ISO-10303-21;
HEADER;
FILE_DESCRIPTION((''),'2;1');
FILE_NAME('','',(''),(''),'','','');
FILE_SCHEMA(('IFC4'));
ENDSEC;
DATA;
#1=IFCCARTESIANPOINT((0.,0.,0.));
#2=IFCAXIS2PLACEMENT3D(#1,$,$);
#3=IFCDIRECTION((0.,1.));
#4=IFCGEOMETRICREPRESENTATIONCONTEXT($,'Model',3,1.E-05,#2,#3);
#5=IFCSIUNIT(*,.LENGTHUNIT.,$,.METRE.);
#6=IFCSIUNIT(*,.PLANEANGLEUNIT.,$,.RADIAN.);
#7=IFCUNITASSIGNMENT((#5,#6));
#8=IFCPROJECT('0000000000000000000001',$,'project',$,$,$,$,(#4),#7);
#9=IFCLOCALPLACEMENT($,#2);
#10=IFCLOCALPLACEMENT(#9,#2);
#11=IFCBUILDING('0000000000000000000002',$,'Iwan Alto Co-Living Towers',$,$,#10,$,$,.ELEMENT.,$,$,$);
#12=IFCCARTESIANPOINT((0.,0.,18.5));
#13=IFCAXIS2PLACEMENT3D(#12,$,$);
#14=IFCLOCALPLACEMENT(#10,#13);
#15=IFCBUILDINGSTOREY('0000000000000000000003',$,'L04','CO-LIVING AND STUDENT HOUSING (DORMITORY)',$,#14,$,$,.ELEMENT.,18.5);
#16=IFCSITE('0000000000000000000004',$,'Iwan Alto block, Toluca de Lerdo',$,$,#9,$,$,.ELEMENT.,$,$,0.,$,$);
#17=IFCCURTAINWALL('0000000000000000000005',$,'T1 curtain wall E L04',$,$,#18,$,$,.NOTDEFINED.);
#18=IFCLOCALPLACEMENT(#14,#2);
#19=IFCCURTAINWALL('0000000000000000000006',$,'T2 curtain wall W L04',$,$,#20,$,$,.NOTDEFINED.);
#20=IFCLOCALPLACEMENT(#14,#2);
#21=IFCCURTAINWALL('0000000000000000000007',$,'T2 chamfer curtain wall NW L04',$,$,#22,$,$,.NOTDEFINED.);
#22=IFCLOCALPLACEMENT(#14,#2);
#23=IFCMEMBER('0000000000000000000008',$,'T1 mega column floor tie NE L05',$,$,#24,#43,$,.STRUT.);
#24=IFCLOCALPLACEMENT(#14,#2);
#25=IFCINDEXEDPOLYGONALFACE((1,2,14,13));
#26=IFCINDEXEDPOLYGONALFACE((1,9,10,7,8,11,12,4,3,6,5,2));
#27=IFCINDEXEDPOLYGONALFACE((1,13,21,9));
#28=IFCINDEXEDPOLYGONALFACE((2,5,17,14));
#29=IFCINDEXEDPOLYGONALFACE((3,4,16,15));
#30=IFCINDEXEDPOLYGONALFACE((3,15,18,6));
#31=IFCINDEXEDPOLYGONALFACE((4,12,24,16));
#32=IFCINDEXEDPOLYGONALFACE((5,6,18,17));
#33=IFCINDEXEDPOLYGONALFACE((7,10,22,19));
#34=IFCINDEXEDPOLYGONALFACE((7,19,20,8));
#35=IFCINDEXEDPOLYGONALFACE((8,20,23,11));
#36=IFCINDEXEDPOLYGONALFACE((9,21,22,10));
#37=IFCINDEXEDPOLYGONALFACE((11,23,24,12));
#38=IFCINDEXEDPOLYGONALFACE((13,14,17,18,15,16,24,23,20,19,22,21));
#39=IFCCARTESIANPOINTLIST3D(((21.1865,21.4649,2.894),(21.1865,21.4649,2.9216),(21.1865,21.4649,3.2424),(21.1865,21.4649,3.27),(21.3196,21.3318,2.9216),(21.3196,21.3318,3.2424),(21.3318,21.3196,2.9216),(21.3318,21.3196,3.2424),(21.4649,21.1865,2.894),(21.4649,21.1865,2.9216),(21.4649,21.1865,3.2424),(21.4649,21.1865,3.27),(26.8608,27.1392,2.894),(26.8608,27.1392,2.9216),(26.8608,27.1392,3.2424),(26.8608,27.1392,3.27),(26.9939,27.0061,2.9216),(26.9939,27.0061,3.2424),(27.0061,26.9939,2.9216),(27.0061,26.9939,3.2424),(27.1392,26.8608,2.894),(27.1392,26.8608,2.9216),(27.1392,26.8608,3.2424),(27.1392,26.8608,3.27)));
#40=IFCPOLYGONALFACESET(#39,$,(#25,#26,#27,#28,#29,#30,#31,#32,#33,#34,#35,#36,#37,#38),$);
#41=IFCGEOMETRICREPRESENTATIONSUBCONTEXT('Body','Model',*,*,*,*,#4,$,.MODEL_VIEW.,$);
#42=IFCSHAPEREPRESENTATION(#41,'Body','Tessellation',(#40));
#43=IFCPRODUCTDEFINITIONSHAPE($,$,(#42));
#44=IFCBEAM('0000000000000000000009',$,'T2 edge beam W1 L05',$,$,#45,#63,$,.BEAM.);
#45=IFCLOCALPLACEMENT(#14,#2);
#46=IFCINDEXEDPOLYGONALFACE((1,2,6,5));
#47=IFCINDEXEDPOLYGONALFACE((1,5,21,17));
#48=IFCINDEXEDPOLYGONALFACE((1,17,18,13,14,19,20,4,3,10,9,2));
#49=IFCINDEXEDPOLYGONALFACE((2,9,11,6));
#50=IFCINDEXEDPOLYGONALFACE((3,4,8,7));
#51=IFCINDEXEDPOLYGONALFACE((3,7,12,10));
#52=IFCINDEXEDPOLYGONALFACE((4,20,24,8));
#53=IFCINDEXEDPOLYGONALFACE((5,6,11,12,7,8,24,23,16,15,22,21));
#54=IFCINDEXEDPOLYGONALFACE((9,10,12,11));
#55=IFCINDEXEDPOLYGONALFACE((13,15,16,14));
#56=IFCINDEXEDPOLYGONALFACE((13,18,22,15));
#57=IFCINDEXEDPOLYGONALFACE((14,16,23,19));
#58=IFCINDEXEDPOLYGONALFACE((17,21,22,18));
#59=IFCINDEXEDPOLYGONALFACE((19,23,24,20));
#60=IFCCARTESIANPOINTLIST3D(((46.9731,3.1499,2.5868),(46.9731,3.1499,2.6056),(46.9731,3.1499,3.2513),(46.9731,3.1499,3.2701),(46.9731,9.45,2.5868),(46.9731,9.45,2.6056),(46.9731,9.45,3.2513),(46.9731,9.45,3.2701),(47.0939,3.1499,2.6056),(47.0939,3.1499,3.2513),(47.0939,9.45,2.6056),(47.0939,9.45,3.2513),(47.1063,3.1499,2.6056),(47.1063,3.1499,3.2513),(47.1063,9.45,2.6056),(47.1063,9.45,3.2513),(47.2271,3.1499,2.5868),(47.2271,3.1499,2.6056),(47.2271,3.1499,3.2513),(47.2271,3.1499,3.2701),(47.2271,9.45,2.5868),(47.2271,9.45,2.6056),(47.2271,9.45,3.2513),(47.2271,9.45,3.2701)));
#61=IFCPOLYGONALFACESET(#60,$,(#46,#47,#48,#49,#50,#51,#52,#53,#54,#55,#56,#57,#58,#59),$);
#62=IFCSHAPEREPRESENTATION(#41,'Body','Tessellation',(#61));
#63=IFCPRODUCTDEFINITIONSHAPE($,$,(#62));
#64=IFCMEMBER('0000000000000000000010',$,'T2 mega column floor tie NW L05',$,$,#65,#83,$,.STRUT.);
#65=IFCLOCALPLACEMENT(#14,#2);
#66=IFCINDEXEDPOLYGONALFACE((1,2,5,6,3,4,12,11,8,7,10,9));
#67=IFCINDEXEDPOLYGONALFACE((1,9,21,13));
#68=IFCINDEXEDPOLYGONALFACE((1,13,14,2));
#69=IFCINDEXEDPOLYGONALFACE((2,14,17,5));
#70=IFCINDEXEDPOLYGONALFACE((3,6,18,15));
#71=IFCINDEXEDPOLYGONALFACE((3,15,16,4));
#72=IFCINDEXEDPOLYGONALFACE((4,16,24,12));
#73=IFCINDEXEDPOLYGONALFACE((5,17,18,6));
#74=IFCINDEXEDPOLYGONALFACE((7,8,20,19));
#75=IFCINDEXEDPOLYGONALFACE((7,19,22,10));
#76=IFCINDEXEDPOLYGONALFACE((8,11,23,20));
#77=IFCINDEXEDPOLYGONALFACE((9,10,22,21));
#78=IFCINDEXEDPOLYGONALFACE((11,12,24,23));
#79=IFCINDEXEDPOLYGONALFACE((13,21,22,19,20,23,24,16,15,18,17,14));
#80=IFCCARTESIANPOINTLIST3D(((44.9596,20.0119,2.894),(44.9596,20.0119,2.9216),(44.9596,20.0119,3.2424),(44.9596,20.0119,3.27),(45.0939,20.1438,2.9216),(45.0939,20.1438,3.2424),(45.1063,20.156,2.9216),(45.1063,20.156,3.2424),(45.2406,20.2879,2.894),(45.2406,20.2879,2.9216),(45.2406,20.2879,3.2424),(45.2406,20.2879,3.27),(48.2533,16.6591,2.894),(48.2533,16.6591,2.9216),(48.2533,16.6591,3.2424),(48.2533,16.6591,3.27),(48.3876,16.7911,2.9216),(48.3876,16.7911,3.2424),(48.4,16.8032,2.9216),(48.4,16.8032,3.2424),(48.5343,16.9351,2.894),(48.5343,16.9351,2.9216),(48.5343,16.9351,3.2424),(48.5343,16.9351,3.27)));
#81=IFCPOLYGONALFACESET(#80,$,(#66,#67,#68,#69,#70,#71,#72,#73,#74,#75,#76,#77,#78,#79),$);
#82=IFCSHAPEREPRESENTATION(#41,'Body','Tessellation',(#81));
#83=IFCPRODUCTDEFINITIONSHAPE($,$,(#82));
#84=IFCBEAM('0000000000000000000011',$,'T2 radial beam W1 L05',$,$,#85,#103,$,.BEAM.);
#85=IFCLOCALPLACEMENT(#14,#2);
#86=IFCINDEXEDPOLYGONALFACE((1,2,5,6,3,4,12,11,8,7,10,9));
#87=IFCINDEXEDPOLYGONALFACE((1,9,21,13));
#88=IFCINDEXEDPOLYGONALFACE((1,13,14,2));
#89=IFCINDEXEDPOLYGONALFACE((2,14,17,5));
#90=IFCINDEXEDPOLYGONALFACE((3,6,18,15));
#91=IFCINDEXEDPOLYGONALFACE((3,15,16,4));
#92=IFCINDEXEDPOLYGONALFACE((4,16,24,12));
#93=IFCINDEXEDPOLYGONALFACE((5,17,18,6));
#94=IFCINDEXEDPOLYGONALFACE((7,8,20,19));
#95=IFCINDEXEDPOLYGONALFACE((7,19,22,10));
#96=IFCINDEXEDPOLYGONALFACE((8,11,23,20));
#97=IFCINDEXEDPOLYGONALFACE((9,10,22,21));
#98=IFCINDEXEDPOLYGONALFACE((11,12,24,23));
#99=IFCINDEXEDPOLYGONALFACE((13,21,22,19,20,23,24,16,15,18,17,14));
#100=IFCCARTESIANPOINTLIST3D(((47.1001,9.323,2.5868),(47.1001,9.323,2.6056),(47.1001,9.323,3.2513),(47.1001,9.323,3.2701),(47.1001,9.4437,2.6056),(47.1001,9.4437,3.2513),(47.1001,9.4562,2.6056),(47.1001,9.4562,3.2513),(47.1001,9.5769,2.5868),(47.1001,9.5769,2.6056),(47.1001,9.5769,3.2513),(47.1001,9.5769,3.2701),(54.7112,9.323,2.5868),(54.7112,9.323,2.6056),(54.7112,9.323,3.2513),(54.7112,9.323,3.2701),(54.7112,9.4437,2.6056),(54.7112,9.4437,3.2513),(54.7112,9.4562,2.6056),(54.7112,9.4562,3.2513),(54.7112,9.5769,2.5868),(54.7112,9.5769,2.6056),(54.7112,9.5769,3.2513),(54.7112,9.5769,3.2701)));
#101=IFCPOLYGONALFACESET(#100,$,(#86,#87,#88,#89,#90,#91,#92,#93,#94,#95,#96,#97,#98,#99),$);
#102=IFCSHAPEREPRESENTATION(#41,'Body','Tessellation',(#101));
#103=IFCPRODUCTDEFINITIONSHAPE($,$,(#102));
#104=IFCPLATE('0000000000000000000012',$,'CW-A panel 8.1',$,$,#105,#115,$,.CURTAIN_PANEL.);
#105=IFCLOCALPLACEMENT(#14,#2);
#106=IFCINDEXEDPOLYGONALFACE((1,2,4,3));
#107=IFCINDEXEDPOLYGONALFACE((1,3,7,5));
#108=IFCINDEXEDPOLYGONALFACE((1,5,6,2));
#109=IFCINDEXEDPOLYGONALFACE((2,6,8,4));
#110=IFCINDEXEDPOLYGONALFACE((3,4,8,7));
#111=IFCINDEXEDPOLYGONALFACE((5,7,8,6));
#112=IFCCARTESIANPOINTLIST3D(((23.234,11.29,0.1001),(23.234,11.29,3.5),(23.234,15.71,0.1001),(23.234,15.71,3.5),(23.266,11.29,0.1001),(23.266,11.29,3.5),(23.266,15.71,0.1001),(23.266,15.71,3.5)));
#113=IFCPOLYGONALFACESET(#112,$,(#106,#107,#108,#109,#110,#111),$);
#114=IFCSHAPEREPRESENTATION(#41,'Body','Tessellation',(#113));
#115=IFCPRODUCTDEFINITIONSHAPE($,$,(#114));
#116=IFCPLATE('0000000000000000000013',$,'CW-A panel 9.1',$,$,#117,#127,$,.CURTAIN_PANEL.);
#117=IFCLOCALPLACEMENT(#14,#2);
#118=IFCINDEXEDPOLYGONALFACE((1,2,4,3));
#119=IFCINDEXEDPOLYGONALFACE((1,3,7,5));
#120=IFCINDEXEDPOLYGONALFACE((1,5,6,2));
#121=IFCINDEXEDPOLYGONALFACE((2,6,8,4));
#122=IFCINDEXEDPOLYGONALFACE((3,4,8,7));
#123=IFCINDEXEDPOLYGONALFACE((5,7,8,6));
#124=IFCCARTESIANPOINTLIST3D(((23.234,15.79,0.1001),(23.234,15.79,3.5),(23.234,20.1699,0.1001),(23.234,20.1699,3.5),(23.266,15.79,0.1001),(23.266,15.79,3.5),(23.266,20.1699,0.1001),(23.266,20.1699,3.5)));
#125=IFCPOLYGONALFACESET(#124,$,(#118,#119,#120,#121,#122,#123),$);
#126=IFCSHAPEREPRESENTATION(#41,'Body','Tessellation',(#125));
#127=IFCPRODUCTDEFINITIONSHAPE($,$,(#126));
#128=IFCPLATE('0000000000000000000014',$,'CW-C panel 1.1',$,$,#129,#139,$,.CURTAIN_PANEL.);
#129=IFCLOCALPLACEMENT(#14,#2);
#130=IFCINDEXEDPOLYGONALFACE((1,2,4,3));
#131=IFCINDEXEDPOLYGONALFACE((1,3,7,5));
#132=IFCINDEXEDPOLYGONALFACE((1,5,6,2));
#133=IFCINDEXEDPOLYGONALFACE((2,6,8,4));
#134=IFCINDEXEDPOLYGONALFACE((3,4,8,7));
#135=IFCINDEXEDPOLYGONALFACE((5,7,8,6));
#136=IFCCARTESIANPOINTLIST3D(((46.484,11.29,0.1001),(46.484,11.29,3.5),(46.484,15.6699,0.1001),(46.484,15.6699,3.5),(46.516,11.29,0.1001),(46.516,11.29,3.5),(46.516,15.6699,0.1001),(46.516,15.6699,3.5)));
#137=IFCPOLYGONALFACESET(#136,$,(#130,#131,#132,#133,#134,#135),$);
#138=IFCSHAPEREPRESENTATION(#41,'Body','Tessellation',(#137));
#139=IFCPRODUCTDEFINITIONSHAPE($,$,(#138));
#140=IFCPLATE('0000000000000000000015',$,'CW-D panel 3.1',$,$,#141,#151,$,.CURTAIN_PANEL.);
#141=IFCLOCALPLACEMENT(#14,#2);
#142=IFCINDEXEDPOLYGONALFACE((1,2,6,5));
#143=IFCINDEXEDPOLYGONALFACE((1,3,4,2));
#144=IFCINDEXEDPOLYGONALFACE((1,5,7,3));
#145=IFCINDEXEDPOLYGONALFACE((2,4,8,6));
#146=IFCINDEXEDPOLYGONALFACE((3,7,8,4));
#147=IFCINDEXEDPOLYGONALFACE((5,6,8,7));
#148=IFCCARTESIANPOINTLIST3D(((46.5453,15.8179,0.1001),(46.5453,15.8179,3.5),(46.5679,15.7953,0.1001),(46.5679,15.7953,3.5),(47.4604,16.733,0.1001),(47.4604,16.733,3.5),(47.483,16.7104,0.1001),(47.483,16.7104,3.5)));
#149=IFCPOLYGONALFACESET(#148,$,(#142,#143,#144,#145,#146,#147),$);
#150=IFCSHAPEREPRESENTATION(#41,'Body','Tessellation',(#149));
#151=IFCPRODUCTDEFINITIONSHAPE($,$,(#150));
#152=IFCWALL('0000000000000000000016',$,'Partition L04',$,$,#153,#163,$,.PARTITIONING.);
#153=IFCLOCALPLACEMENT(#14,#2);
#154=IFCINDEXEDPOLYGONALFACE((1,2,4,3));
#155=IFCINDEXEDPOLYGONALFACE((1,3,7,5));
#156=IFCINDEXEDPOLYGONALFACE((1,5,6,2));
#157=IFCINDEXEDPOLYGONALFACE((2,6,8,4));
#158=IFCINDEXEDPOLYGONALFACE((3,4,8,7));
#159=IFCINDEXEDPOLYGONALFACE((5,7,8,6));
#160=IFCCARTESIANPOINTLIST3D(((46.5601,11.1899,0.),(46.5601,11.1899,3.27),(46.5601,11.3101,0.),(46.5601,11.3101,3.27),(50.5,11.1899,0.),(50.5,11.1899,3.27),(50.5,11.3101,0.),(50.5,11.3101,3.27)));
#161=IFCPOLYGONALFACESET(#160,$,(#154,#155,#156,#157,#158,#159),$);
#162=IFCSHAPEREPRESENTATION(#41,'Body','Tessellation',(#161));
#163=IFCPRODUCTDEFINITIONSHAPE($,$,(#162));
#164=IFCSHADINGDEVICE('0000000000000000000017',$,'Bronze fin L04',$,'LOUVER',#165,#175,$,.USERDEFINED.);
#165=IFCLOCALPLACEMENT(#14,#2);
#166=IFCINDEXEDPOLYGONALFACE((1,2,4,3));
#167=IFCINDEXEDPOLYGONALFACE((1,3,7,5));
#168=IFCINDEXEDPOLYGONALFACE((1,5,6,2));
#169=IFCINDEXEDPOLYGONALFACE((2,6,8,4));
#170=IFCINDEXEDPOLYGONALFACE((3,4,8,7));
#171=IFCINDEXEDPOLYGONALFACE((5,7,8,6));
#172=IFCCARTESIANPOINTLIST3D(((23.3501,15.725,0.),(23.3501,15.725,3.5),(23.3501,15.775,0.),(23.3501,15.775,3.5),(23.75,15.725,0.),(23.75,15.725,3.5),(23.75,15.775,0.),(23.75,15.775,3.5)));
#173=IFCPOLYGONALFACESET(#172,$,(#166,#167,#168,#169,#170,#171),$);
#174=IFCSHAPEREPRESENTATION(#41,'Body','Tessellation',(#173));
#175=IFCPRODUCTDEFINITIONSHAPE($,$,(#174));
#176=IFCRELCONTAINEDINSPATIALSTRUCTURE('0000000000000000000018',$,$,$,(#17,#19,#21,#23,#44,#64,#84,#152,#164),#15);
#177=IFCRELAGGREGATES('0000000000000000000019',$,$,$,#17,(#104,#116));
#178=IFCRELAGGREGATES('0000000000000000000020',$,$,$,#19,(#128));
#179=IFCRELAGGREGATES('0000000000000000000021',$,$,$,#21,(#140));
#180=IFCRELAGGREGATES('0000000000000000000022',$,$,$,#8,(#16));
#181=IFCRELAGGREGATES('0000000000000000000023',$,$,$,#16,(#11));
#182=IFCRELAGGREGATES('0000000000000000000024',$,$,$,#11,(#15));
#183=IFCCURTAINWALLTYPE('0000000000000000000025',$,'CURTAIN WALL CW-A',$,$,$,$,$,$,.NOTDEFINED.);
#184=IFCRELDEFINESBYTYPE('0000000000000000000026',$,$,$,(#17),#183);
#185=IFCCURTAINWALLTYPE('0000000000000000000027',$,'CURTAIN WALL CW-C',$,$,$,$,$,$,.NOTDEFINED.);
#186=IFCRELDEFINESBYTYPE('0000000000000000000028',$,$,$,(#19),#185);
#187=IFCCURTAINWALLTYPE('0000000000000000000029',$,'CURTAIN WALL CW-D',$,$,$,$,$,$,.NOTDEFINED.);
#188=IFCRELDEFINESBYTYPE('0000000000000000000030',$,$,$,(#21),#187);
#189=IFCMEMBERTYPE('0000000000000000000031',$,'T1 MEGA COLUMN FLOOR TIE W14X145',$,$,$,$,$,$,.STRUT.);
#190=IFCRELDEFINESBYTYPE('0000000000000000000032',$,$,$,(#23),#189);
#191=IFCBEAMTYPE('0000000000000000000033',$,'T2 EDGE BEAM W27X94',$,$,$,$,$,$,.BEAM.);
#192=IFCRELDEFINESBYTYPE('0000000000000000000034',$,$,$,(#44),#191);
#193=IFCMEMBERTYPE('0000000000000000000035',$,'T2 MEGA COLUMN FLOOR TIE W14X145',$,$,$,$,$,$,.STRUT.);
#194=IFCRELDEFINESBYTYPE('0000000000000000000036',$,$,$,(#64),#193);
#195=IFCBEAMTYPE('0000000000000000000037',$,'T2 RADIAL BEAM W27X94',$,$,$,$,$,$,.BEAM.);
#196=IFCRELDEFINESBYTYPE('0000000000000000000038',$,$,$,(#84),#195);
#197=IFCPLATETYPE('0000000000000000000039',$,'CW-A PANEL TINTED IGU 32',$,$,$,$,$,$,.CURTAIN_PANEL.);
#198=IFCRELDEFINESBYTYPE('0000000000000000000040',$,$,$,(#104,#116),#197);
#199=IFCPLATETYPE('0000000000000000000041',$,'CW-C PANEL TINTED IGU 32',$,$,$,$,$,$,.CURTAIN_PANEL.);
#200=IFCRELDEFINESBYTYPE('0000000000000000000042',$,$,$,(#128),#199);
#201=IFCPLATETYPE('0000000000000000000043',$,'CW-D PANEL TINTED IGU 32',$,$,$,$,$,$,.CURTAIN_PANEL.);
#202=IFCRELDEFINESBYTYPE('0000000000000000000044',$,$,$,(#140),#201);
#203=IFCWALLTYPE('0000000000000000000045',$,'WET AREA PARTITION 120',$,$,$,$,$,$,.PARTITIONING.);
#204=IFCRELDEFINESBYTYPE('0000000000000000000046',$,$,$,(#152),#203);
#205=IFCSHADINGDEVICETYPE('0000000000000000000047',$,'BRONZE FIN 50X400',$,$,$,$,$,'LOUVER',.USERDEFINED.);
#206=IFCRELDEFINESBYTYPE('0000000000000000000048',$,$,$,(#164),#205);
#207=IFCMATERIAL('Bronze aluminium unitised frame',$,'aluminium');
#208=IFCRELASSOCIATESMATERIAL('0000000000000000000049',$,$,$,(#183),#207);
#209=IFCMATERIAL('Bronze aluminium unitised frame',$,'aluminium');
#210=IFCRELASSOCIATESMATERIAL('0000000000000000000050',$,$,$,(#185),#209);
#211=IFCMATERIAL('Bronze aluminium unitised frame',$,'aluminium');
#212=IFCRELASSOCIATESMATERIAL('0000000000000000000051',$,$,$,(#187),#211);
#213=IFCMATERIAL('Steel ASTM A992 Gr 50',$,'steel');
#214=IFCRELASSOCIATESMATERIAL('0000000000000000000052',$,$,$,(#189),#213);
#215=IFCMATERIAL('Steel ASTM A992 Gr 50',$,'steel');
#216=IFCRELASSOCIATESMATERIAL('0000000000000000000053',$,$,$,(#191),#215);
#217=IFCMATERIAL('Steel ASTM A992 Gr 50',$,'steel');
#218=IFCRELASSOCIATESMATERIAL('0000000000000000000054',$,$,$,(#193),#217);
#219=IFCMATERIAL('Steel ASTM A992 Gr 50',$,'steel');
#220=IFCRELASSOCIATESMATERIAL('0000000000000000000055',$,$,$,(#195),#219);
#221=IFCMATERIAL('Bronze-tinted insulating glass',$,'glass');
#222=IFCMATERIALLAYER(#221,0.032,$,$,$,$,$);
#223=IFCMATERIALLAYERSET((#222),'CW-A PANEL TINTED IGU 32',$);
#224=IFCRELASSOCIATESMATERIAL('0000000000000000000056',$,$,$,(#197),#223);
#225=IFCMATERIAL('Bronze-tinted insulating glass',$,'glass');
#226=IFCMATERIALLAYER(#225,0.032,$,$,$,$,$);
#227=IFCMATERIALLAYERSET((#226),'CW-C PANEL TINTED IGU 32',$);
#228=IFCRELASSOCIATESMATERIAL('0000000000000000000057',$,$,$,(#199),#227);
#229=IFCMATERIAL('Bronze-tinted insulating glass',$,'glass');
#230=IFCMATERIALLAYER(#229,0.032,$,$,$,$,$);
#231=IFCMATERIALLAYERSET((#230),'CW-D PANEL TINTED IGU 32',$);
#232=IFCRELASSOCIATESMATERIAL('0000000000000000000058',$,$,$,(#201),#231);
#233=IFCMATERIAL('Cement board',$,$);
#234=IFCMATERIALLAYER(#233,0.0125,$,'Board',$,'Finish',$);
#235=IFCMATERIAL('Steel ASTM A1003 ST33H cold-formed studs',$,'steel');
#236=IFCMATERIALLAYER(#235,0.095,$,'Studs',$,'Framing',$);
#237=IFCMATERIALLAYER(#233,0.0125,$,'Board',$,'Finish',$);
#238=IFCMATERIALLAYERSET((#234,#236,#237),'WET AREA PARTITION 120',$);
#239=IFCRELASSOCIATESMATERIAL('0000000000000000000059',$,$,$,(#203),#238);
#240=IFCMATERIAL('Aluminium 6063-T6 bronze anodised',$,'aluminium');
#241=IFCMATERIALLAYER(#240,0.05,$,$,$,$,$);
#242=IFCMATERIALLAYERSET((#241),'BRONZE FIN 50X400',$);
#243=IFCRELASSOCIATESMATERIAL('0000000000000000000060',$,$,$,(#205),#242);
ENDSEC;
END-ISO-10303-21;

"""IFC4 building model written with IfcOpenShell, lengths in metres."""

from ifc_helpers import new_model, si_unit, direction, frame, frame_2d, origin, origin_2d, place, context, subcontext, project, spatial, rectangle, i_section, extrude, material, layer, layer_set, material_profile, profile_set, type_object, element, aggregate, save


model = new_model("IFC4")

# Units and contexts
model_context = context("Model", 3, precision=1e-05, world=origin(), true_north=direction((0.0, 1.0)))
body_context = subcontext(model_context, "Body", "Model", "MODEL_VIEW")
ifc_project = project(units=[si_unit("LENGTHUNIT", "METRE"), si_unit("PLANEANGLEUNIT", "RADIAN")], contexts=[model_context])

# Site, building, storey
site_placement = place(None, origin())
site = spatial("IfcSite", under=ifc_project, at=site_placement, Name="Iwan Alto block, Toluca de Lerdo", CompositionType="ELEMENT", RefElevation=0.0)
building_placement = place(site_placement, origin())
building = spatial("IfcBuilding", under=site, at=building_placement, Name="Iwan Alto Co-Living Towers", CompositionType="ELEMENT")
storey_placement = place(building_placement, frame((0.0, 0.0, 18.5)))
storey = spatial("IfcBuildingStorey", under=building, at=storey_placement, Name="L04", Description="CO-LIVING AND STUDENT HOUSING (DORMITORY)", CompositionType="ELEMENT", Elevation=18.5)

# Curtain walls
ifc_material_1 = material(Name="Bronze aluminium unitised frame", Category="aluminium")
curtain_wall_type_1 = type_object("IfcCurtainWallType", Name="CURTAIN WALL CW-A", PredefinedType="NOTDEFINED", material=ifc_material_1)
curtain_wall_1_placement = place(storey_placement, origin())
curtain_wall_1 = element("IfcCurtainWall", 1, at=curtain_wall_1_placement, inside=storey, type_object=curtain_wall_type_1, Name="T1 curtain wall E L04", PredefinedType="NOTDEFINED")
ifc_material_2 = material(Name="Bronze aluminium unitised frame", Category="aluminium")
curtain_wall_type_2 = type_object("IfcCurtainWallType", Name="CURTAIN WALL CW-C", PredefinedType="NOTDEFINED", material=ifc_material_2)
curtain_wall_2_placement = place(storey_placement, origin())
curtain_wall_2 = element("IfcCurtainWall", 2, at=curtain_wall_2_placement, inside=storey, type_object=curtain_wall_type_2, Name="T2 curtain wall W L04", PredefinedType="NOTDEFINED")

# Curtain wall
ifc_material_3 = material(Name="Bronze aluminium unitised frame", Category="aluminium")
curtain_wall_type_3 = type_object("IfcCurtainWallType", Name="CURTAIN WALL CW-D", PredefinedType="NOTDEFINED", material=ifc_material_3)
curtain_wall_3_placement = place(storey_placement, origin())
curtain_wall_3 = element("IfcCurtainWall", 3, at=curtain_wall_3_placement, inside=storey, type_object=curtain_wall_type_3, Name="T2 chamfer curtain wall NW L04", PredefinedType="NOTDEFINED")

# Member
ifc_material_4 = material(Name="Steel ASTM A992 Gr 50", Category="steel")
ifc_material_profile_1 = material_profile(ifc_material_4, i_section(OverallWidth=0.3938, OverallDepth=0.376, WebThickness=0.0173, FlangeThickness=0.0276, at=origin_2d()), Name="W14X145")
ifc_profile_set_1 = profile_set([ifc_material_profile_1], Name="Steel ASTM A992 Gr 50")
member_type_1 = type_object("IfcMemberType", Name="T1 MEGA COLUMN FLOOR TIE W14X145", PredefinedType="STRUT", material=ifc_profile_set_1)
member_1_placement = place(storey_placement, frame((27.0, 27.0, 3.082), z_axis=(-0.707107, -0.707107, 0.0), x_axis=(0.707107, -0.707107, 0.0)))
element("IfcMember", 4, at=member_1_placement, inside=storey, type_object=member_type_1, Name="T1 mega column floor tie NE L05", PredefinedType="STRUT", context=body_context, shape_type="SweptSolid", body=[
    extrude(i_section(OverallWidth=0.3938, OverallDepth=0.376, WebThickness=0.0173, FlangeThickness=0.0276, at=origin_2d()), origin(), (0.0, 0.0, 1.0), 8.0247),
])

# Beam
ifc_material_5 = material(Name="Steel ASTM A992 Gr 50", Category="steel")
ifc_material_profile_2 = material_profile(ifc_material_5, i_section(OverallWidth=0.2539, OverallDepth=0.6833, WebThickness=0.0125, FlangeThickness=0.0188, at=origin_2d()), Name="W27X94")
ifc_profile_set_2 = profile_set([ifc_material_profile_2], Name="Steel ASTM A992 Gr 50")
beam_type_1 = type_object("IfcBeamType", Name="T2 EDGE BEAM W27X94", PredefinedType="BEAM", material=ifc_profile_set_2)
beam_1_placement = place(storey_placement, frame((47.1001, 9.45, 2.9285), z_axis=(0.0, -1.0, 0.0), x_axis=(1.0, 0.0, 0.0)))
element("IfcBeam", 5, at=beam_1_placement, inside=storey, type_object=beam_type_1, Name="T2 edge beam W1 L05", PredefinedType="BEAM", context=body_context, shape_type="SweptSolid", body=[
    extrude(i_section(OverallWidth=0.2539, OverallDepth=0.6833, WebThickness=0.0125, FlangeThickness=0.0188, at=origin_2d()), origin(), (0.0, 0.0, 1.0), 6.3),
])

# Member
ifc_material_6 = material(Name="Steel ASTM A992 Gr 50", Category="steel")
ifc_material_profile_3 = material_profile(ifc_material_6, i_section(OverallWidth=0.3938, OverallDepth=0.376, WebThickness=0.0173, FlangeThickness=0.0276, at=origin_2d()), Name="W14X145")
ifc_profile_set_3 = profile_set([ifc_material_profile_3], Name="Steel ASTM A992 Gr 50")
member_type_2 = type_object("IfcMemberType", Name="T2 MEGA COLUMN FLOOR TIE W14X145", PredefinedType="STRUT", material=ifc_profile_set_3)
member_2_placement = place(storey_placement, frame((45.1001, 20.1499, 3.082), z_axis=(0.700793, -0.713364, 0.0), x_axis=(0.713364, 0.700793, 0.0)))
element("IfcMember", 6, at=member_2_placement, inside=storey, type_object=member_type_2, Name="T2 mega column floor tie NW L05", PredefinedType="STRUT", context=body_context, shape_type="SweptSolid", body=[
    extrude(i_section(OverallWidth=0.3938, OverallDepth=0.376, WebThickness=0.0173, FlangeThickness=0.0276, at=origin_2d()), origin(), (0.0, 0.0, 1.0), 4.7),
])

# Beam
ifc_material_7 = material(Name="Steel ASTM A992 Gr 50", Category="steel")
ifc_material_profile_4 = material_profile(ifc_material_7, i_section(OverallWidth=0.2539, OverallDepth=0.6833, WebThickness=0.0125, FlangeThickness=0.0188, at=origin_2d()), Name="W27X94")
ifc_profile_set_4 = profile_set([ifc_material_profile_4], Name="Steel ASTM A992 Gr 50")
beam_type_2 = type_object("IfcBeamType", Name="T2 RADIAL BEAM W27X94", PredefinedType="BEAM", material=ifc_profile_set_4)
beam_2_placement = place(storey_placement, frame((47.1001, 9.45, 2.9285), z_axis=(1.0, 0.0, 0.0), x_axis=(0.0, 1.0, 0.0)))
element("IfcBeam", 7, at=beam_2_placement, inside=storey, type_object=beam_type_2, Name="T2 radial beam W1 L05", PredefinedType="BEAM", context=body_context, shape_type="SweptSolid", body=[
    extrude(i_section(OverallWidth=0.2539, OverallDepth=0.6833, WebThickness=0.0125, FlangeThickness=0.0188, at=origin_2d()), origin(), (0.0, 0.0, 1.0), 7.6111),
])

# Plates
ifc_material_8 = material(Name="Bronze-tinted insulating glass", Category="glass")
ifc_layer_1 = layer(ifc_material_8, 0.032)
ifc_layer_set_1 = layer_set([ifc_layer_1], Name="CW-A PANEL TINTED IGU 32")
plate_type_1 = type_object("IfcPlateType", Name="CW-A PANEL TINTED IGU 32", PredefinedType="CURTAIN_PANEL", material=ifc_layer_set_1)
plate_1_placement = place(storey_placement, frame((23.25, 13.5, 0.1001), z_axis=(0.0, 0.0, 1.0), x_axis=(0.0, 1.0, 0.0)))
plate_1 = element("IfcPlate", 8, at=plate_1_placement, type_object=plate_type_1, Name="CW-A panel 8.1", PredefinedType="CURTAIN_PANEL", context=body_context, shape_type="SweptSolid", body=[
    extrude(rectangle(XDim=4.4199, YDim=0.032, at=origin_2d()), origin(), (0.0, 0.0, 1.0), 3.3999),
])
plate_2_placement = place(storey_placement, frame((23.25, 17.98, 0.1001), z_axis=(0.0, 0.0, 1.0), x_axis=(0.0, 1.0, 0.0)))
plate_2 = element("IfcPlate", 9, at=plate_2_placement, type_object=plate_type_1, Name="CW-A panel 9.1", PredefinedType="CURTAIN_PANEL", context=body_context, shape_type="SweptSolid", body=[
    extrude(rectangle(XDim=4.3799, YDim=0.032, at=origin_2d()), origin(), (0.0, 0.0, 1.0), 3.3999),
])
aggregate(curtain_wall_1, [plate_1, plate_2])
ifc_material_9 = material(Name="Bronze-tinted insulating glass", Category="glass")
ifc_layer_2 = layer(ifc_material_9, 0.032)
ifc_layer_set_2 = layer_set([ifc_layer_2], Name="CW-C PANEL TINTED IGU 32")
plate_type_2 = type_object("IfcPlateType", Name="CW-C PANEL TINTED IGU 32", PredefinedType="CURTAIN_PANEL", material=ifc_layer_set_2)
plate_3_placement = place(storey_placement, frame((46.5, 13.48, 0.1001), z_axis=(0.0, 0.0, 1.0), x_axis=(0.0, -1.0, 0.0)))
plate_3 = element("IfcPlate", 10, at=plate_3_placement, type_object=plate_type_2, Name="CW-C panel 1.1", PredefinedType="CURTAIN_PANEL", context=body_context, shape_type="SweptSolid", body=[
    extrude(rectangle(XDim=4.3799, YDim=0.032, at=origin_2d()), origin(), (0.0, 0.0, 1.0), 3.3999),
])
aggregate(curtain_wall_2, [plate_3])
ifc_material_10 = material(Name="Bronze-tinted insulating glass", Category="glass")
ifc_layer_3 = layer(ifc_material_10, 0.032)
ifc_layer_set_3 = layer_set([ifc_layer_3], Name="CW-D PANEL TINTED IGU 32")
plate_type_3 = type_object("IfcPlateType", Name="CW-D PANEL TINTED IGU 32", PredefinedType="CURTAIN_PANEL", material=ifc_layer_set_3)
plate_4_placement = place(storey_placement, frame((47.0142, 16.2642, 0.1001), z_axis=(0.0, 0.0, 1.0), x_axis=(-0.707107, -0.707107, 0.0)))
plate_4 = element("IfcPlate", 11, at=plate_4_placement, type_object=plate_type_3, Name="CW-D panel 3.1", PredefinedType="CURTAIN_PANEL", context=body_context, shape_type="SweptSolid", body=[
    extrude(rectangle(XDim=1.2942, YDim=0.032, at=origin_2d()), origin(), (0.0, 0.0, 1.0), 3.3999),
])
aggregate(curtain_wall_3, [plate_4])

# Wall
ifc_material_11 = material(Name="Cement board")
ifc_layer_4 = layer(ifc_material_11, 0.0125, Name="Board", Category="Finish")
ifc_material_12 = material(Name="Steel ASTM A1003 ST33H cold-formed studs", Category="steel")
ifc_layer_5 = layer(ifc_material_12, 0.095, Name="Studs", Category="Framing")
ifc_layer_6 = layer(ifc_material_11, 0.0125, Name="Board", Category="Finish")
ifc_layer_set_4 = layer_set([ifc_layer_4, ifc_layer_5, ifc_layer_6], Name="WET AREA PARTITION 120")
wall_type = type_object("IfcWallType", Name="WET AREA PARTITION 120", PredefinedType="PARTITIONING", material=ifc_layer_set_4)
wall_placement = place(storey_placement, frame((46.5601, 11.25, 0.0), z_axis=(0.0, 0.0, 1.0), x_axis=(1.0, 0.0, 0.0)))
element("IfcWall", 12, at=wall_placement, inside=storey, type_object=wall_type, Name="Partition L04", PredefinedType="PARTITIONING", context=body_context, shape_type="SweptSolid", body=[
    extrude(rectangle(XDim=3.9399, YDim=0.1201, at=frame_2d((1.97, 0.0))), origin(), (0.0, 0.0, 1.0), 3.27),
])

# Shading device
ifc_material_13 = material(Name="Aluminium 6063-T6 bronze anodised", Category="aluminium")
ifc_layer_7 = layer(ifc_material_13, 0.05)
ifc_layer_set_5 = layer_set([ifc_layer_7], Name="BRONZE FIN 50X400")
shading_device_type = type_object("IfcShadingDeviceType", Name="BRONZE FIN 50X400", ElementType="LOUVER", PredefinedType="USERDEFINED", material=ifc_layer_set_5)
shading_device_placement = place(storey_placement, frame((23.55, 15.75, 0.0), z_axis=(0.0, 0.0, 1.0), x_axis=(0.0, 1.0, 0.0)))
element("IfcShadingDevice", 13, at=shading_device_placement, inside=storey, type_object=shading_device_type, Name="Bronze fin L04", ObjectType="LOUVER", PredefinedType="USERDEFINED", context=body_context, shape_type="SweptSolid", body=[
    extrude(rectangle(XDim=0.05, YDim=0.3999, at=origin_2d()), origin(), (0.0, 0.0, 1.0), 3.5),
])

save(model, "model.ifc")
